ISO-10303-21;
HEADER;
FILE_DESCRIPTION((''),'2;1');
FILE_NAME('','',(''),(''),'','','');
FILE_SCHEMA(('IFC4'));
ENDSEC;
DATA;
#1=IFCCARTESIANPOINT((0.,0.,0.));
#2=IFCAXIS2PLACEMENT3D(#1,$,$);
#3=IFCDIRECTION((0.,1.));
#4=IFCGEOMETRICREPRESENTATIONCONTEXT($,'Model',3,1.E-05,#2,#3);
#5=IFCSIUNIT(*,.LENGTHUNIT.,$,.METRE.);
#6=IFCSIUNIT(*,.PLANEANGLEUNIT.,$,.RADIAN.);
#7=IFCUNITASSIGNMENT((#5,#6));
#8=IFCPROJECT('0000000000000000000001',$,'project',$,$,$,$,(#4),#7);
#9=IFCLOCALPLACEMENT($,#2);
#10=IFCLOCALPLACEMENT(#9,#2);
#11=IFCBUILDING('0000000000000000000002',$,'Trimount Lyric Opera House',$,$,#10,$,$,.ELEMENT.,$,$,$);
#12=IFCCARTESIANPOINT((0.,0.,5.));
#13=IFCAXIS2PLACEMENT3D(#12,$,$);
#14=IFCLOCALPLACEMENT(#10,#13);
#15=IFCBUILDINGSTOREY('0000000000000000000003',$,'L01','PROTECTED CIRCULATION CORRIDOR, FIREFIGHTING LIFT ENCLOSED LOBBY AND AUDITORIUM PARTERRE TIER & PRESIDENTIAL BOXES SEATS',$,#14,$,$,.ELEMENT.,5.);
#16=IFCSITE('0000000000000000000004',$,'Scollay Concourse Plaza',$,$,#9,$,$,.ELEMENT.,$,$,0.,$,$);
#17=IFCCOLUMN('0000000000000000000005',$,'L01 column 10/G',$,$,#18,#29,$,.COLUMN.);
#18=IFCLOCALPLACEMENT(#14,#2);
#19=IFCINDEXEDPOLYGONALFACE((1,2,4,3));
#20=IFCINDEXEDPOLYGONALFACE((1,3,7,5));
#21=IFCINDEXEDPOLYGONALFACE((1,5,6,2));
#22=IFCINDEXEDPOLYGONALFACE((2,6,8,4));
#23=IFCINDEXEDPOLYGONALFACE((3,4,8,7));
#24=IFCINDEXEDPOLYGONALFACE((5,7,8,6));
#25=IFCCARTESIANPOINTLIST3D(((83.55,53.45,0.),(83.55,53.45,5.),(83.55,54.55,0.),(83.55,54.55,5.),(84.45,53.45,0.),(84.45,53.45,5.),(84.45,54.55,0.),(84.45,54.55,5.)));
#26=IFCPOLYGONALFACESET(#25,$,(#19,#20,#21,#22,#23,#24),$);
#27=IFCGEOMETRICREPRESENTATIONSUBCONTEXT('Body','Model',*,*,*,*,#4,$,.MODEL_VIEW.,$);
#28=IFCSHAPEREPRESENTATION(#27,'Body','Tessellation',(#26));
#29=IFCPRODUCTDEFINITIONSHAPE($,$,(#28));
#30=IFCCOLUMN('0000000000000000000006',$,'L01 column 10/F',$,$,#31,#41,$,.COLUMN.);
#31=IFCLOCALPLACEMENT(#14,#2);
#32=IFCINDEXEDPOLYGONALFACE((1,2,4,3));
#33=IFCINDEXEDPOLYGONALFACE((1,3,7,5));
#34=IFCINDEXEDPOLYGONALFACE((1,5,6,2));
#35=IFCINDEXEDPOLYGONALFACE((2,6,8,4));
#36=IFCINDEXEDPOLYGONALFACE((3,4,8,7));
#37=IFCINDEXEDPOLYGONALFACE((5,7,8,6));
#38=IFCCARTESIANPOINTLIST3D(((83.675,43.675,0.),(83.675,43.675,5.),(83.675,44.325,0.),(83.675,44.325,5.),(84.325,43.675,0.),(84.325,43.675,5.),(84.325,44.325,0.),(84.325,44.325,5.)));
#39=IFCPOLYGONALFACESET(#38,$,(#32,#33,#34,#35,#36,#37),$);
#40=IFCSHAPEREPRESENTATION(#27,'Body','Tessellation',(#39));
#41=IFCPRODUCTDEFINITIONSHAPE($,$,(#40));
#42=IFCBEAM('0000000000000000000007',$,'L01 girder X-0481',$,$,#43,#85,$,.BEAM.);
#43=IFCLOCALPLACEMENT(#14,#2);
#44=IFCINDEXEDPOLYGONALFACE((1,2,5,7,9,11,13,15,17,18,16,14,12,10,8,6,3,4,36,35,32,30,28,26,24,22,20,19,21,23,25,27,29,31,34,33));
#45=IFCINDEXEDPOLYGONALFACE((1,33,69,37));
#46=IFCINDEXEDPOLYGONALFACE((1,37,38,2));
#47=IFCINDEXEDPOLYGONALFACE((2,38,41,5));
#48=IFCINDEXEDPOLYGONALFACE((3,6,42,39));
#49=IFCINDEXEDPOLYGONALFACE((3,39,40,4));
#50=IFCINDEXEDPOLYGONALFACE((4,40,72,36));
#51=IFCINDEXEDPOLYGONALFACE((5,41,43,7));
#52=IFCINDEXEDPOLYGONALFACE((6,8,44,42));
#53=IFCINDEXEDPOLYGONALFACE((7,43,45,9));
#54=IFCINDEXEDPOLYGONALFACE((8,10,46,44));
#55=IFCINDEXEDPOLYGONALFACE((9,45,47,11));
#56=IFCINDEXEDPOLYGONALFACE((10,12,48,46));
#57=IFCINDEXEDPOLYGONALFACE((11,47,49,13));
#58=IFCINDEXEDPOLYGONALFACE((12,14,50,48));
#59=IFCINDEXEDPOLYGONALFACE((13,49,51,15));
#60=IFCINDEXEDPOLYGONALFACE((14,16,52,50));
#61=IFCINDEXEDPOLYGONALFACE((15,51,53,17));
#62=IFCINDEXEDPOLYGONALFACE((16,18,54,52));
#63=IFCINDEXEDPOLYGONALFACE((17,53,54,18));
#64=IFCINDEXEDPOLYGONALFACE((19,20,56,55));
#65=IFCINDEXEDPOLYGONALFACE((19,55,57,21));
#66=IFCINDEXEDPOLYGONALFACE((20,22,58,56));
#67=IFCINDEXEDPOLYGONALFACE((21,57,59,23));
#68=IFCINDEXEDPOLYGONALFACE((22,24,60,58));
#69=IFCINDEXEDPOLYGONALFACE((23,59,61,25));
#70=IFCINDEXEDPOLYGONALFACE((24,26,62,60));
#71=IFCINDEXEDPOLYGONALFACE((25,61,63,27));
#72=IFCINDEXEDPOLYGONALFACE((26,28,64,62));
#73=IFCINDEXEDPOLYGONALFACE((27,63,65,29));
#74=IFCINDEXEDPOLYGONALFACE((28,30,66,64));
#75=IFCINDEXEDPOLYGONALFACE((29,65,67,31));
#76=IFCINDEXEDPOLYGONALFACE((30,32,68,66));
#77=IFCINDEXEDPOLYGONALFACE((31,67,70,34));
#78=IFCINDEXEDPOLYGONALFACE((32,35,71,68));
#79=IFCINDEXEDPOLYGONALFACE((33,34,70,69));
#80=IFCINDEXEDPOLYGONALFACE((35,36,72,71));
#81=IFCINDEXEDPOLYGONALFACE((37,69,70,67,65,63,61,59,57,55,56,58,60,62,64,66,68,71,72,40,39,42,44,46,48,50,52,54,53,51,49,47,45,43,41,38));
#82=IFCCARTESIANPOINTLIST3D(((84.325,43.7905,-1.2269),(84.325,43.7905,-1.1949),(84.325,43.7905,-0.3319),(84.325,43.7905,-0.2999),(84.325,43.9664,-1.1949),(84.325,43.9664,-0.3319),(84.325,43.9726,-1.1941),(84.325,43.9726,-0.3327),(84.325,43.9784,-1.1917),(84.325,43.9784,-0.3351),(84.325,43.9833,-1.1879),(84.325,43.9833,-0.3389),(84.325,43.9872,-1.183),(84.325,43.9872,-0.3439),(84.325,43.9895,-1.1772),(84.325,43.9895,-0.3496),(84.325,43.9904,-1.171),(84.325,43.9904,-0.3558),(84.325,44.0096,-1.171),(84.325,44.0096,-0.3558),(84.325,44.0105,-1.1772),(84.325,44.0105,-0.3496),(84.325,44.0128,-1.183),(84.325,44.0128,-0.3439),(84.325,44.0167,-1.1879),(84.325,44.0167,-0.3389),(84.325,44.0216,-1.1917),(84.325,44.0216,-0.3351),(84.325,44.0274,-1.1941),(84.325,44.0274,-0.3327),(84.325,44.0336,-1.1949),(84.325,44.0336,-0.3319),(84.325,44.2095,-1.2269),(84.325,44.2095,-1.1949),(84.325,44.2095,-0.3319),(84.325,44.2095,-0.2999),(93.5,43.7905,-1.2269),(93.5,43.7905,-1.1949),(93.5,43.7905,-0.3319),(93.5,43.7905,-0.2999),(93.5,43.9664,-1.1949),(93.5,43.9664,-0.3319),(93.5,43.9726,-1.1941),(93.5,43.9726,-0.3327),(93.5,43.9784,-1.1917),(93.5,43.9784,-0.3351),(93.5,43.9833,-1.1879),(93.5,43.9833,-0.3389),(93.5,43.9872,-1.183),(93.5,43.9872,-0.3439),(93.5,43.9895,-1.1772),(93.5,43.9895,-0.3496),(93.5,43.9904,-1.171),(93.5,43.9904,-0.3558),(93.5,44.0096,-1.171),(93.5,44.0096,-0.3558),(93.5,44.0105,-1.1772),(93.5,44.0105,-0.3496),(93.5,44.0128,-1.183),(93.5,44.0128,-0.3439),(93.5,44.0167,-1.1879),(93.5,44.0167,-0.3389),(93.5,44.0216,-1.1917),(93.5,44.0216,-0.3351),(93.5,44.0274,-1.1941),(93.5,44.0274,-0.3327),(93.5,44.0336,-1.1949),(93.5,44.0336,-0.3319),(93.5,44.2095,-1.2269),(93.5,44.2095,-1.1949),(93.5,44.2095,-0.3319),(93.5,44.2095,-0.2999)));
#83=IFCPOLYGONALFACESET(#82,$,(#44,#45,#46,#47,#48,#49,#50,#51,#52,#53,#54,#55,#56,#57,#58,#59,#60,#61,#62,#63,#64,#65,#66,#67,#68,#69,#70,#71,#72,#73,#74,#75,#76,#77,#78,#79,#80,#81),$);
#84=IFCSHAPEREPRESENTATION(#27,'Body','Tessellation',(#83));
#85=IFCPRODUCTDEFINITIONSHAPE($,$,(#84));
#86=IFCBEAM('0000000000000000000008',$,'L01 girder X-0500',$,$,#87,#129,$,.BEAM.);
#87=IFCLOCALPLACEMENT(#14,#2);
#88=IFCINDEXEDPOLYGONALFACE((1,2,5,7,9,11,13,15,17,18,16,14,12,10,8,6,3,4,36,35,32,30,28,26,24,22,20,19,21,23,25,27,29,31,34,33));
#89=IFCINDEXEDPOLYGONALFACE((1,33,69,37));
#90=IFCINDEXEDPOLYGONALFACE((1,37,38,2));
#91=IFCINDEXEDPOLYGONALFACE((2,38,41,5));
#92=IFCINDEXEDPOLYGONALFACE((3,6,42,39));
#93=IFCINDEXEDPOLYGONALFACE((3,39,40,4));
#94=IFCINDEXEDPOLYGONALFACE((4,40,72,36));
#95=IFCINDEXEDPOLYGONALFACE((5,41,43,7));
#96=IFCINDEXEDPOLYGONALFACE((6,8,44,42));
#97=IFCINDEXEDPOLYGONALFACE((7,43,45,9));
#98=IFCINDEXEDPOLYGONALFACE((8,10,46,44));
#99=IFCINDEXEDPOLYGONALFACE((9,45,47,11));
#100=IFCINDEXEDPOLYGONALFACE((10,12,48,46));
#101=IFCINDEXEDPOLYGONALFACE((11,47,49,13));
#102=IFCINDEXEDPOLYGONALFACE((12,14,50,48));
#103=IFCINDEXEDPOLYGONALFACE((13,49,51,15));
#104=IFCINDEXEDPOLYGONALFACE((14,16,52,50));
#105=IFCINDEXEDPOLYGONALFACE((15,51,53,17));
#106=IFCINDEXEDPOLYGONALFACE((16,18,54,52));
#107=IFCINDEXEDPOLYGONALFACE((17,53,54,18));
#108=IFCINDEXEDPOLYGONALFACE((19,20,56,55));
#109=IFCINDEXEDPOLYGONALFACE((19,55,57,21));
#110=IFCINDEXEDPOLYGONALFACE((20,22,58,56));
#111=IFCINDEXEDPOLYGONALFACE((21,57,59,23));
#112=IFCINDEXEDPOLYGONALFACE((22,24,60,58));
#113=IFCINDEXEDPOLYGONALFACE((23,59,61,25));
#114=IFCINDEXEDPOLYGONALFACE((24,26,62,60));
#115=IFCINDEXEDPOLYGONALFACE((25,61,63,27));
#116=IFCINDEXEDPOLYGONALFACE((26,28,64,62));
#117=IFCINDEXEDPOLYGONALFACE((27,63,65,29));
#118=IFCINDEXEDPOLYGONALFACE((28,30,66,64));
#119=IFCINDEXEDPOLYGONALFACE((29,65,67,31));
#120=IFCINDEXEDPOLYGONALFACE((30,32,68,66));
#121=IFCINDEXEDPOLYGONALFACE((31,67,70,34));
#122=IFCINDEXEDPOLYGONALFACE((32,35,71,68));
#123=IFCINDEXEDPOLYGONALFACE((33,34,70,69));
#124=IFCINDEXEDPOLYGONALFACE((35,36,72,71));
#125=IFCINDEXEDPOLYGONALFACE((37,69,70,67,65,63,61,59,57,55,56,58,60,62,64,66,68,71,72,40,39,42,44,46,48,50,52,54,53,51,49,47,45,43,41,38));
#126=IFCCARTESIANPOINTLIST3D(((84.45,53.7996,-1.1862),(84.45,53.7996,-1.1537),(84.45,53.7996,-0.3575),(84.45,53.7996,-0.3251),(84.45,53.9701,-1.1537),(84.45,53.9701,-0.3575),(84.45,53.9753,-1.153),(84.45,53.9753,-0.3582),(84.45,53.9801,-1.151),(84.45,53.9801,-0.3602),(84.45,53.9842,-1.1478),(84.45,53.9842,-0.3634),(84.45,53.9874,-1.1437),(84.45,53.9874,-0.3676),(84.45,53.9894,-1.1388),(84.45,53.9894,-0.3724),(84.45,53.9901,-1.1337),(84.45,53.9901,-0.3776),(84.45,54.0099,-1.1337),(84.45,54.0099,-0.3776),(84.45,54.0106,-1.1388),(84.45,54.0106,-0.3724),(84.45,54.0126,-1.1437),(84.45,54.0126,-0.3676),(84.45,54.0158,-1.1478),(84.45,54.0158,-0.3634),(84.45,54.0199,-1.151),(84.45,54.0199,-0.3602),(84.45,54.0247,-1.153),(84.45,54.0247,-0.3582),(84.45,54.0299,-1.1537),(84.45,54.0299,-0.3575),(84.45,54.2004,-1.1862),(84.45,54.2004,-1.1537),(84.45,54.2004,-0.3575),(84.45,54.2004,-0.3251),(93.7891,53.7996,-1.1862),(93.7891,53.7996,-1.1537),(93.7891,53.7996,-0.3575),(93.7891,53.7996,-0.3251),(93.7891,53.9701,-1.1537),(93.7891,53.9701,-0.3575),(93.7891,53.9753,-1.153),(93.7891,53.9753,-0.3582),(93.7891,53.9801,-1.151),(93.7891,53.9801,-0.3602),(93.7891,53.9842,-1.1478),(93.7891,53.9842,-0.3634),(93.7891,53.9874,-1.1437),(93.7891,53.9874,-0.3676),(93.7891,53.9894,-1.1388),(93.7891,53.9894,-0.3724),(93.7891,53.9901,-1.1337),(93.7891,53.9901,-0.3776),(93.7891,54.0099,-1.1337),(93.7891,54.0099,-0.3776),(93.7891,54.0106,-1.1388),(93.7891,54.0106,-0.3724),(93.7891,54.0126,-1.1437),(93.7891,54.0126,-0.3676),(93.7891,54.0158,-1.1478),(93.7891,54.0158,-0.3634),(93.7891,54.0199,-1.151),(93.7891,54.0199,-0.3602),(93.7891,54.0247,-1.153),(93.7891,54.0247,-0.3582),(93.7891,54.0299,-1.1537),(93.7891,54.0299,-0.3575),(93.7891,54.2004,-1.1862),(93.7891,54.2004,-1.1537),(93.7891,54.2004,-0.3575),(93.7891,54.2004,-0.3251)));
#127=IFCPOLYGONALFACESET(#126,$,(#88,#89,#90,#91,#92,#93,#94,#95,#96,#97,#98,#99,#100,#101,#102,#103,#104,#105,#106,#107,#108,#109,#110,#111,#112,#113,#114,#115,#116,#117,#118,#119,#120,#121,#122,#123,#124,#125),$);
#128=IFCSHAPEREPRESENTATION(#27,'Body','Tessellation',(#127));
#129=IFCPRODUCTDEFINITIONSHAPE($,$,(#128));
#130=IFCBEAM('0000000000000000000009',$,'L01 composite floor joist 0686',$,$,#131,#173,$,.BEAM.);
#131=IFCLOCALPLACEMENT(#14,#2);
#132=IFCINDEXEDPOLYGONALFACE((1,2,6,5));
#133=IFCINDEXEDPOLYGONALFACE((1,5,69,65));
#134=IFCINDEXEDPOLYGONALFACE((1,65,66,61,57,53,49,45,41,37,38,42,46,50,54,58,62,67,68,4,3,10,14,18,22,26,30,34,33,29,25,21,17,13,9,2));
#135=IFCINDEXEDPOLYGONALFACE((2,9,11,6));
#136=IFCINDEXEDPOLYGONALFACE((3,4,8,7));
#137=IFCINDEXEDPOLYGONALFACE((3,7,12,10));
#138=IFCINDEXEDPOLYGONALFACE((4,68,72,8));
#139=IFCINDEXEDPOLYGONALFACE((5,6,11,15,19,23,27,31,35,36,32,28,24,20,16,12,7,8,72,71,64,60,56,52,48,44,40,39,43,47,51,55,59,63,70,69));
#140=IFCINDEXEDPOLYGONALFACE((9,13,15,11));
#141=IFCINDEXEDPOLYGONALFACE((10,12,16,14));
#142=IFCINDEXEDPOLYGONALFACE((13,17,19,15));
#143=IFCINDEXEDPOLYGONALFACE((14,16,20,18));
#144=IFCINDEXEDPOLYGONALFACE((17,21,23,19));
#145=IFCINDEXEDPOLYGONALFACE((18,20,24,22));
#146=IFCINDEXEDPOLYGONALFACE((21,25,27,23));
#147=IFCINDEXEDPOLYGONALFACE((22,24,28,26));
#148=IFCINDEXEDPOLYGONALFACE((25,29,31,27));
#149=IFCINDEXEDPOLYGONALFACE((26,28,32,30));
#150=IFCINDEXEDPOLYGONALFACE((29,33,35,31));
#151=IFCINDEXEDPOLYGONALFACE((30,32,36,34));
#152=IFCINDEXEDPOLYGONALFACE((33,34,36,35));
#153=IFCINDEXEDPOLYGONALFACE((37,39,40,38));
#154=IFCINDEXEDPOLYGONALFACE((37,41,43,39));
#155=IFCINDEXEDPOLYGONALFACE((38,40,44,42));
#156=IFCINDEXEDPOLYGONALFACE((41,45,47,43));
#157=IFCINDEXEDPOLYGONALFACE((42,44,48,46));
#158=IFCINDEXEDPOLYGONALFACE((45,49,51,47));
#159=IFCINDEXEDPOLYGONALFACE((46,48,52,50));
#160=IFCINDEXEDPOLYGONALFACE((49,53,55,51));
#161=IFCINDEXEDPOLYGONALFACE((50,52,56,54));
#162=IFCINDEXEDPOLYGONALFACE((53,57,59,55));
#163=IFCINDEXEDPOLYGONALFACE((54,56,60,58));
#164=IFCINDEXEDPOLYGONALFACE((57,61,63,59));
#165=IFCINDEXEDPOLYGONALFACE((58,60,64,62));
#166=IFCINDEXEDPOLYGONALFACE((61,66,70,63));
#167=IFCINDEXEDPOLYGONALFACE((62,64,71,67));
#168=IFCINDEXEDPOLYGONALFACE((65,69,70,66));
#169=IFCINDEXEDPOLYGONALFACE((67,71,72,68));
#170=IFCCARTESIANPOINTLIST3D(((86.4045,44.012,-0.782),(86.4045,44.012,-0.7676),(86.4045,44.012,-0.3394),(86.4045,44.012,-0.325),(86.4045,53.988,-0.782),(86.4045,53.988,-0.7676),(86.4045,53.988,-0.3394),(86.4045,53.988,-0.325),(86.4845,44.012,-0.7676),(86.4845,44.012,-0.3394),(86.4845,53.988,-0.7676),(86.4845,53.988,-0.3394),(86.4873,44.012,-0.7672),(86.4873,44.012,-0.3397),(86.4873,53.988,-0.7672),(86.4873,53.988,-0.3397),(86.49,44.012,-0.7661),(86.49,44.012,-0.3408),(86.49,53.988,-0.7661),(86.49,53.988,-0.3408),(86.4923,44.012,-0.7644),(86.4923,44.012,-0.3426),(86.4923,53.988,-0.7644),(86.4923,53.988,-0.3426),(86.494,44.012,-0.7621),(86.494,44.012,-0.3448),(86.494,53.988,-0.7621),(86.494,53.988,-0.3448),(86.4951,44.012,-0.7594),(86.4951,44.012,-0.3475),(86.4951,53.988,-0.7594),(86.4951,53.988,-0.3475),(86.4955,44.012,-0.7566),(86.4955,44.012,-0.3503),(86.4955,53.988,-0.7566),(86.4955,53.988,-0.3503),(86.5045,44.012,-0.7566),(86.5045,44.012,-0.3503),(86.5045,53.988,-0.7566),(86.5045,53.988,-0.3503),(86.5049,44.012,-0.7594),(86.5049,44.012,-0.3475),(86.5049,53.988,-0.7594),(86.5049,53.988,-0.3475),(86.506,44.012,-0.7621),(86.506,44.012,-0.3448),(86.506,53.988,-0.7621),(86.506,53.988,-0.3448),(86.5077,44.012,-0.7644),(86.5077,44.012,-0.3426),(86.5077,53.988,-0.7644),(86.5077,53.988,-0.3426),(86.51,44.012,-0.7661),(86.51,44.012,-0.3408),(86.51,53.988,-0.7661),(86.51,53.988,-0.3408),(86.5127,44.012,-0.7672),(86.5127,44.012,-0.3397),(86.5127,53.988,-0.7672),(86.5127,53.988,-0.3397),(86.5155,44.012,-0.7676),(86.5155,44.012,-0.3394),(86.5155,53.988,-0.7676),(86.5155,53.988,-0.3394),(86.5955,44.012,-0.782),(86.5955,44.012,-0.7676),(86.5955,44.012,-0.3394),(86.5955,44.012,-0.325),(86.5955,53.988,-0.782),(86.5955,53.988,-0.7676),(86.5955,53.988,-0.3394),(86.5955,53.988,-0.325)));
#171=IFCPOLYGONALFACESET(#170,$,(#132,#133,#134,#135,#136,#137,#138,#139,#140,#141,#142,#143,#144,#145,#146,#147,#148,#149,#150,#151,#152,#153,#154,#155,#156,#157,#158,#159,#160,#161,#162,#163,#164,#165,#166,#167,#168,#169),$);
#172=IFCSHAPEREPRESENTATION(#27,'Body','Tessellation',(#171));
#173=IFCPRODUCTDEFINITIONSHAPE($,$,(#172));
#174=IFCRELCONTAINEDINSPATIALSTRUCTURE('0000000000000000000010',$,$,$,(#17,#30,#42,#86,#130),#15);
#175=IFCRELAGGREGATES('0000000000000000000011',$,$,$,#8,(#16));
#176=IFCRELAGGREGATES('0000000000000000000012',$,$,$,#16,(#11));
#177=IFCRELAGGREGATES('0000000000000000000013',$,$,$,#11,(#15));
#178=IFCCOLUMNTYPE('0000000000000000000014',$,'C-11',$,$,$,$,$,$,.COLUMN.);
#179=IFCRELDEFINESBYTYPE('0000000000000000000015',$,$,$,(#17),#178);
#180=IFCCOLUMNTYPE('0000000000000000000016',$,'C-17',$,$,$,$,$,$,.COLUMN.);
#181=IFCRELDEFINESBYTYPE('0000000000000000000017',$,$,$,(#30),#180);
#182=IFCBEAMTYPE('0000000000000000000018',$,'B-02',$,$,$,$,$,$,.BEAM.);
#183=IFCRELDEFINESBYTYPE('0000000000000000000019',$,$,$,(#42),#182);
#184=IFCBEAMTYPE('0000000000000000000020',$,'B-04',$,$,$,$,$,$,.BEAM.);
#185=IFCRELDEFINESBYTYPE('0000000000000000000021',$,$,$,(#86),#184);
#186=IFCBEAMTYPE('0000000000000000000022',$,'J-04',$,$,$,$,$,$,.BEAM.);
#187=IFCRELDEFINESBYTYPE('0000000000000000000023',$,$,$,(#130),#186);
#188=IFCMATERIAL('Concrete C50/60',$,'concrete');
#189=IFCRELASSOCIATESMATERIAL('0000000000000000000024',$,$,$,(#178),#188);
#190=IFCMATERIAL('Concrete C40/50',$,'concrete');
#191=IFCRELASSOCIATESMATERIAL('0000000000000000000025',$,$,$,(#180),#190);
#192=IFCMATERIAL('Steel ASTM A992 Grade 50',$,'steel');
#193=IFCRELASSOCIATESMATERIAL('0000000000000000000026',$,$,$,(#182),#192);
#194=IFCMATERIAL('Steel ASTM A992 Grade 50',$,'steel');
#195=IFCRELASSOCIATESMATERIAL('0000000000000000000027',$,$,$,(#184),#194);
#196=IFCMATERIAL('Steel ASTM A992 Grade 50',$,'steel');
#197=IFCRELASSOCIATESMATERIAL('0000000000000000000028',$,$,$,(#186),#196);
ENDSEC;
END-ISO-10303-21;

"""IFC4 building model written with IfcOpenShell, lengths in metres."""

from ifc_helpers import new_model, si_unit, direction, frame, origin, origin_2d, place, context, subcontext, project, spatial, rectangle, i_section, extrude, material, material_profile, profile_set, type_object, element, save


model = new_model("IFC4")

# Units and contexts
model_context = context("Model", 3, precision=1e-05, world=origin(), true_north=direction((0.0, 1.0)))
body_context = subcontext(model_context, "Body", "Model", "MODEL_VIEW")
ifc_project = project(units=[si_unit("LENGTHUNIT", "METRE"), si_unit("PLANEANGLEUNIT", "RADIAN")], contexts=[model_context])

# Site, building, storey
site_placement = place(None, origin())
site = spatial("IfcSite", under=ifc_project, at=site_placement, Name="Scollay Concourse Plaza", CompositionType="ELEMENT", RefElevation=0.0)
building_placement = place(site_placement, origin())
building = spatial("IfcBuilding", under=site, at=building_placement, Name="Trimount Lyric Opera House", CompositionType="ELEMENT")
storey_placement = place(building_placement, frame((0.0, 0.0, 5.0)))
storey = spatial("IfcBuildingStorey", under=building, at=storey_placement, Name="L01", Description="PROTECTED CIRCULATION CORRIDOR, FIREFIGHTING LIFT ENCLOSED LOBBY AND AUDITORIUM PARTERRE TIER & PRESIDENTIAL BOXES SEATS", CompositionType="ELEMENT", Elevation=5.0)

# Columns
ifc_material_1 = material(Name="Concrete C50/60", Category="concrete")
ifc_material_profile_1 = material_profile(ifc_material_1, rectangle(XDim=0.8999, YDim=1.1001, at=origin_2d()), Name="RC1100X900")
ifc_profile_set_1 = profile_set([ifc_material_profile_1], Name="Concrete C50/60")
column_type_1 = type_object("IfcColumnType", Name="C-11", PredefinedType="COLUMN", material=ifc_profile_set_1)
column_1_placement = place(storey_placement, frame((84.0, 54.0, 0.0), z_axis=(0.0, 0.0, 1.0), x_axis=(1.0, 0.0, 0.0)))
element("IfcColumn", 1, at=column_1_placement, inside=storey, type_object=column_type_1, Name="L01 column 10/G", PredefinedType="COLUMN", context=body_context, shape_type="SweptSolid", body=[
    extrude(rectangle(XDim=0.8999, YDim=1.1001, at=origin_2d()), origin(), (0.0, 0.0, 1.0), 5.0),
])
ifc_material_2 = material(Name="Concrete C40/50", Category="concrete")
ifc_material_profile_2 = material_profile(ifc_material_2, rectangle(XDim=0.6499, YDim=0.6499, at=origin_2d()), Name="RC650X650")
ifc_profile_set_2 = profile_set([ifc_material_profile_2], Name="Concrete C40/50")
column_type_2 = type_object("IfcColumnType", Name="C-17", PredefinedType="COLUMN", material=ifc_profile_set_2)
column_2_placement = place(storey_placement, frame((84.0, 44.0, 0.0), z_axis=(0.0, 0.0, 1.0), x_axis=(1.0, 0.0, 0.0)))
element("IfcColumn", 2, at=column_2_placement, inside=storey, type_object=column_type_2, Name="L01 column 10/F", PredefinedType="COLUMN", context=body_context, shape_type="SweptSolid", body=[
    extrude(rectangle(XDim=0.6499, YDim=0.6499, at=origin_2d()), origin(), (0.0, 0.0, 1.0), 5.0),
])

# Beams
ifc_material_3 = material(Name="Steel ASTM A992 Grade 50", Category="steel")
ifc_material_profile_3 = material_profile(ifc_material_3, i_section(OverallWidth=0.4189, OverallDepth=0.927, WebThickness=0.0193, FlangeThickness=0.032, FilletRadius=0.0239, at=origin_2d()), Name="W36X231")
ifc_profile_set_3 = profile_set([ifc_material_profile_3], Name="Steel ASTM A992 Grade 50")
beam_type_1 = type_object("IfcBeamType", Name="B-02", PredefinedType="BEAM", material=ifc_profile_set_3)
beam_1_placement = place(storey_placement, frame((84.325, 44.0, -0.7634), z_axis=(1.0, 0.0, 0.0), x_axis=(0.0, 1.0, 0.0)))
element("IfcBeam", 3, at=beam_1_placement, inside=storey, type_object=beam_type_1, Name="L01 girder X-0481", PredefinedType="BEAM", context=body_context, shape_type="SweptSolid", body=[
    extrude(i_section(OverallWidth=0.4189, OverallDepth=0.927, WebThickness=0.0193, FlangeThickness=0.032, FilletRadius=0.0239, at=origin_2d()), origin(), (0.0, 0.0, 1.0), 9.175),
])
ifc_material_4 = material(Name="Steel ASTM A992 Grade 50", Category="steel")
ifc_material_profile_4 = material_profile(ifc_material_4, i_section(OverallWidth=0.4009, OverallDepth=0.8611, WebThickness=0.0198, FlangeThickness=0.0325, FilletRadius=0.02, at=origin_2d()), Name="W33X221")
ifc_profile_set_4 = profile_set([ifc_material_profile_4], Name="Steel ASTM A992 Grade 50")
beam_type_2 = type_object("IfcBeamType", Name="B-04", PredefinedType="BEAM", material=ifc_profile_set_4)
beam_2_placement = place(storey_placement, frame((84.45, 54.0, -0.7556), z_axis=(1.0, 0.0, 0.0), x_axis=(0.0, 1.0, 0.0)))
element("IfcBeam", 4, at=beam_2_placement, inside=storey, type_object=beam_type_2, Name="L01 girder X-0500", PredefinedType="BEAM", context=body_context, shape_type="SweptSolid", body=[
    extrude(i_section(OverallWidth=0.4009, OverallDepth=0.8611, WebThickness=0.0198, FlangeThickness=0.0325, FilletRadius=0.02, at=origin_2d()), origin(), (0.0, 0.0, 1.0), 9.3391),
])
ifc_material_5 = material(Name="Steel ASTM A992 Grade 50", Category="steel")
ifc_material_profile_5 = material_profile(ifc_material_5, i_section(OverallWidth=0.1909, OverallDepth=0.457, WebThickness=0.009, FlangeThickness=0.0144, FilletRadius=0.011, at=origin_2d()), Name="W18X50")
ifc_profile_set_5 = profile_set([ifc_material_profile_5], Name="Steel ASTM A992 Grade 50")
beam_type_3 = type_object("IfcBeamType", Name="J-04", PredefinedType="BEAM", material=ifc_profile_set_5)
beam_3_placement = place(storey_placement, frame((86.5, 44.012, -0.5535), z_axis=(0.0, 1.0, 0.0), x_axis=(-1.0, 0.0, 0.0)))
element("IfcBeam", 5, at=beam_3_placement, inside=storey, type_object=beam_type_3, Name="L01 composite floor joist 0686", PredefinedType="BEAM", context=body_context, shape_type="SweptSolid", body=[
    extrude(i_section(OverallWidth=0.1909, OverallDepth=0.457, WebThickness=0.009, FlangeThickness=0.0144, FilletRadius=0.011, at=origin_2d()), origin(), (0.0, 0.0, 1.0), 9.9761),
])

save(model, "model.ifc")
